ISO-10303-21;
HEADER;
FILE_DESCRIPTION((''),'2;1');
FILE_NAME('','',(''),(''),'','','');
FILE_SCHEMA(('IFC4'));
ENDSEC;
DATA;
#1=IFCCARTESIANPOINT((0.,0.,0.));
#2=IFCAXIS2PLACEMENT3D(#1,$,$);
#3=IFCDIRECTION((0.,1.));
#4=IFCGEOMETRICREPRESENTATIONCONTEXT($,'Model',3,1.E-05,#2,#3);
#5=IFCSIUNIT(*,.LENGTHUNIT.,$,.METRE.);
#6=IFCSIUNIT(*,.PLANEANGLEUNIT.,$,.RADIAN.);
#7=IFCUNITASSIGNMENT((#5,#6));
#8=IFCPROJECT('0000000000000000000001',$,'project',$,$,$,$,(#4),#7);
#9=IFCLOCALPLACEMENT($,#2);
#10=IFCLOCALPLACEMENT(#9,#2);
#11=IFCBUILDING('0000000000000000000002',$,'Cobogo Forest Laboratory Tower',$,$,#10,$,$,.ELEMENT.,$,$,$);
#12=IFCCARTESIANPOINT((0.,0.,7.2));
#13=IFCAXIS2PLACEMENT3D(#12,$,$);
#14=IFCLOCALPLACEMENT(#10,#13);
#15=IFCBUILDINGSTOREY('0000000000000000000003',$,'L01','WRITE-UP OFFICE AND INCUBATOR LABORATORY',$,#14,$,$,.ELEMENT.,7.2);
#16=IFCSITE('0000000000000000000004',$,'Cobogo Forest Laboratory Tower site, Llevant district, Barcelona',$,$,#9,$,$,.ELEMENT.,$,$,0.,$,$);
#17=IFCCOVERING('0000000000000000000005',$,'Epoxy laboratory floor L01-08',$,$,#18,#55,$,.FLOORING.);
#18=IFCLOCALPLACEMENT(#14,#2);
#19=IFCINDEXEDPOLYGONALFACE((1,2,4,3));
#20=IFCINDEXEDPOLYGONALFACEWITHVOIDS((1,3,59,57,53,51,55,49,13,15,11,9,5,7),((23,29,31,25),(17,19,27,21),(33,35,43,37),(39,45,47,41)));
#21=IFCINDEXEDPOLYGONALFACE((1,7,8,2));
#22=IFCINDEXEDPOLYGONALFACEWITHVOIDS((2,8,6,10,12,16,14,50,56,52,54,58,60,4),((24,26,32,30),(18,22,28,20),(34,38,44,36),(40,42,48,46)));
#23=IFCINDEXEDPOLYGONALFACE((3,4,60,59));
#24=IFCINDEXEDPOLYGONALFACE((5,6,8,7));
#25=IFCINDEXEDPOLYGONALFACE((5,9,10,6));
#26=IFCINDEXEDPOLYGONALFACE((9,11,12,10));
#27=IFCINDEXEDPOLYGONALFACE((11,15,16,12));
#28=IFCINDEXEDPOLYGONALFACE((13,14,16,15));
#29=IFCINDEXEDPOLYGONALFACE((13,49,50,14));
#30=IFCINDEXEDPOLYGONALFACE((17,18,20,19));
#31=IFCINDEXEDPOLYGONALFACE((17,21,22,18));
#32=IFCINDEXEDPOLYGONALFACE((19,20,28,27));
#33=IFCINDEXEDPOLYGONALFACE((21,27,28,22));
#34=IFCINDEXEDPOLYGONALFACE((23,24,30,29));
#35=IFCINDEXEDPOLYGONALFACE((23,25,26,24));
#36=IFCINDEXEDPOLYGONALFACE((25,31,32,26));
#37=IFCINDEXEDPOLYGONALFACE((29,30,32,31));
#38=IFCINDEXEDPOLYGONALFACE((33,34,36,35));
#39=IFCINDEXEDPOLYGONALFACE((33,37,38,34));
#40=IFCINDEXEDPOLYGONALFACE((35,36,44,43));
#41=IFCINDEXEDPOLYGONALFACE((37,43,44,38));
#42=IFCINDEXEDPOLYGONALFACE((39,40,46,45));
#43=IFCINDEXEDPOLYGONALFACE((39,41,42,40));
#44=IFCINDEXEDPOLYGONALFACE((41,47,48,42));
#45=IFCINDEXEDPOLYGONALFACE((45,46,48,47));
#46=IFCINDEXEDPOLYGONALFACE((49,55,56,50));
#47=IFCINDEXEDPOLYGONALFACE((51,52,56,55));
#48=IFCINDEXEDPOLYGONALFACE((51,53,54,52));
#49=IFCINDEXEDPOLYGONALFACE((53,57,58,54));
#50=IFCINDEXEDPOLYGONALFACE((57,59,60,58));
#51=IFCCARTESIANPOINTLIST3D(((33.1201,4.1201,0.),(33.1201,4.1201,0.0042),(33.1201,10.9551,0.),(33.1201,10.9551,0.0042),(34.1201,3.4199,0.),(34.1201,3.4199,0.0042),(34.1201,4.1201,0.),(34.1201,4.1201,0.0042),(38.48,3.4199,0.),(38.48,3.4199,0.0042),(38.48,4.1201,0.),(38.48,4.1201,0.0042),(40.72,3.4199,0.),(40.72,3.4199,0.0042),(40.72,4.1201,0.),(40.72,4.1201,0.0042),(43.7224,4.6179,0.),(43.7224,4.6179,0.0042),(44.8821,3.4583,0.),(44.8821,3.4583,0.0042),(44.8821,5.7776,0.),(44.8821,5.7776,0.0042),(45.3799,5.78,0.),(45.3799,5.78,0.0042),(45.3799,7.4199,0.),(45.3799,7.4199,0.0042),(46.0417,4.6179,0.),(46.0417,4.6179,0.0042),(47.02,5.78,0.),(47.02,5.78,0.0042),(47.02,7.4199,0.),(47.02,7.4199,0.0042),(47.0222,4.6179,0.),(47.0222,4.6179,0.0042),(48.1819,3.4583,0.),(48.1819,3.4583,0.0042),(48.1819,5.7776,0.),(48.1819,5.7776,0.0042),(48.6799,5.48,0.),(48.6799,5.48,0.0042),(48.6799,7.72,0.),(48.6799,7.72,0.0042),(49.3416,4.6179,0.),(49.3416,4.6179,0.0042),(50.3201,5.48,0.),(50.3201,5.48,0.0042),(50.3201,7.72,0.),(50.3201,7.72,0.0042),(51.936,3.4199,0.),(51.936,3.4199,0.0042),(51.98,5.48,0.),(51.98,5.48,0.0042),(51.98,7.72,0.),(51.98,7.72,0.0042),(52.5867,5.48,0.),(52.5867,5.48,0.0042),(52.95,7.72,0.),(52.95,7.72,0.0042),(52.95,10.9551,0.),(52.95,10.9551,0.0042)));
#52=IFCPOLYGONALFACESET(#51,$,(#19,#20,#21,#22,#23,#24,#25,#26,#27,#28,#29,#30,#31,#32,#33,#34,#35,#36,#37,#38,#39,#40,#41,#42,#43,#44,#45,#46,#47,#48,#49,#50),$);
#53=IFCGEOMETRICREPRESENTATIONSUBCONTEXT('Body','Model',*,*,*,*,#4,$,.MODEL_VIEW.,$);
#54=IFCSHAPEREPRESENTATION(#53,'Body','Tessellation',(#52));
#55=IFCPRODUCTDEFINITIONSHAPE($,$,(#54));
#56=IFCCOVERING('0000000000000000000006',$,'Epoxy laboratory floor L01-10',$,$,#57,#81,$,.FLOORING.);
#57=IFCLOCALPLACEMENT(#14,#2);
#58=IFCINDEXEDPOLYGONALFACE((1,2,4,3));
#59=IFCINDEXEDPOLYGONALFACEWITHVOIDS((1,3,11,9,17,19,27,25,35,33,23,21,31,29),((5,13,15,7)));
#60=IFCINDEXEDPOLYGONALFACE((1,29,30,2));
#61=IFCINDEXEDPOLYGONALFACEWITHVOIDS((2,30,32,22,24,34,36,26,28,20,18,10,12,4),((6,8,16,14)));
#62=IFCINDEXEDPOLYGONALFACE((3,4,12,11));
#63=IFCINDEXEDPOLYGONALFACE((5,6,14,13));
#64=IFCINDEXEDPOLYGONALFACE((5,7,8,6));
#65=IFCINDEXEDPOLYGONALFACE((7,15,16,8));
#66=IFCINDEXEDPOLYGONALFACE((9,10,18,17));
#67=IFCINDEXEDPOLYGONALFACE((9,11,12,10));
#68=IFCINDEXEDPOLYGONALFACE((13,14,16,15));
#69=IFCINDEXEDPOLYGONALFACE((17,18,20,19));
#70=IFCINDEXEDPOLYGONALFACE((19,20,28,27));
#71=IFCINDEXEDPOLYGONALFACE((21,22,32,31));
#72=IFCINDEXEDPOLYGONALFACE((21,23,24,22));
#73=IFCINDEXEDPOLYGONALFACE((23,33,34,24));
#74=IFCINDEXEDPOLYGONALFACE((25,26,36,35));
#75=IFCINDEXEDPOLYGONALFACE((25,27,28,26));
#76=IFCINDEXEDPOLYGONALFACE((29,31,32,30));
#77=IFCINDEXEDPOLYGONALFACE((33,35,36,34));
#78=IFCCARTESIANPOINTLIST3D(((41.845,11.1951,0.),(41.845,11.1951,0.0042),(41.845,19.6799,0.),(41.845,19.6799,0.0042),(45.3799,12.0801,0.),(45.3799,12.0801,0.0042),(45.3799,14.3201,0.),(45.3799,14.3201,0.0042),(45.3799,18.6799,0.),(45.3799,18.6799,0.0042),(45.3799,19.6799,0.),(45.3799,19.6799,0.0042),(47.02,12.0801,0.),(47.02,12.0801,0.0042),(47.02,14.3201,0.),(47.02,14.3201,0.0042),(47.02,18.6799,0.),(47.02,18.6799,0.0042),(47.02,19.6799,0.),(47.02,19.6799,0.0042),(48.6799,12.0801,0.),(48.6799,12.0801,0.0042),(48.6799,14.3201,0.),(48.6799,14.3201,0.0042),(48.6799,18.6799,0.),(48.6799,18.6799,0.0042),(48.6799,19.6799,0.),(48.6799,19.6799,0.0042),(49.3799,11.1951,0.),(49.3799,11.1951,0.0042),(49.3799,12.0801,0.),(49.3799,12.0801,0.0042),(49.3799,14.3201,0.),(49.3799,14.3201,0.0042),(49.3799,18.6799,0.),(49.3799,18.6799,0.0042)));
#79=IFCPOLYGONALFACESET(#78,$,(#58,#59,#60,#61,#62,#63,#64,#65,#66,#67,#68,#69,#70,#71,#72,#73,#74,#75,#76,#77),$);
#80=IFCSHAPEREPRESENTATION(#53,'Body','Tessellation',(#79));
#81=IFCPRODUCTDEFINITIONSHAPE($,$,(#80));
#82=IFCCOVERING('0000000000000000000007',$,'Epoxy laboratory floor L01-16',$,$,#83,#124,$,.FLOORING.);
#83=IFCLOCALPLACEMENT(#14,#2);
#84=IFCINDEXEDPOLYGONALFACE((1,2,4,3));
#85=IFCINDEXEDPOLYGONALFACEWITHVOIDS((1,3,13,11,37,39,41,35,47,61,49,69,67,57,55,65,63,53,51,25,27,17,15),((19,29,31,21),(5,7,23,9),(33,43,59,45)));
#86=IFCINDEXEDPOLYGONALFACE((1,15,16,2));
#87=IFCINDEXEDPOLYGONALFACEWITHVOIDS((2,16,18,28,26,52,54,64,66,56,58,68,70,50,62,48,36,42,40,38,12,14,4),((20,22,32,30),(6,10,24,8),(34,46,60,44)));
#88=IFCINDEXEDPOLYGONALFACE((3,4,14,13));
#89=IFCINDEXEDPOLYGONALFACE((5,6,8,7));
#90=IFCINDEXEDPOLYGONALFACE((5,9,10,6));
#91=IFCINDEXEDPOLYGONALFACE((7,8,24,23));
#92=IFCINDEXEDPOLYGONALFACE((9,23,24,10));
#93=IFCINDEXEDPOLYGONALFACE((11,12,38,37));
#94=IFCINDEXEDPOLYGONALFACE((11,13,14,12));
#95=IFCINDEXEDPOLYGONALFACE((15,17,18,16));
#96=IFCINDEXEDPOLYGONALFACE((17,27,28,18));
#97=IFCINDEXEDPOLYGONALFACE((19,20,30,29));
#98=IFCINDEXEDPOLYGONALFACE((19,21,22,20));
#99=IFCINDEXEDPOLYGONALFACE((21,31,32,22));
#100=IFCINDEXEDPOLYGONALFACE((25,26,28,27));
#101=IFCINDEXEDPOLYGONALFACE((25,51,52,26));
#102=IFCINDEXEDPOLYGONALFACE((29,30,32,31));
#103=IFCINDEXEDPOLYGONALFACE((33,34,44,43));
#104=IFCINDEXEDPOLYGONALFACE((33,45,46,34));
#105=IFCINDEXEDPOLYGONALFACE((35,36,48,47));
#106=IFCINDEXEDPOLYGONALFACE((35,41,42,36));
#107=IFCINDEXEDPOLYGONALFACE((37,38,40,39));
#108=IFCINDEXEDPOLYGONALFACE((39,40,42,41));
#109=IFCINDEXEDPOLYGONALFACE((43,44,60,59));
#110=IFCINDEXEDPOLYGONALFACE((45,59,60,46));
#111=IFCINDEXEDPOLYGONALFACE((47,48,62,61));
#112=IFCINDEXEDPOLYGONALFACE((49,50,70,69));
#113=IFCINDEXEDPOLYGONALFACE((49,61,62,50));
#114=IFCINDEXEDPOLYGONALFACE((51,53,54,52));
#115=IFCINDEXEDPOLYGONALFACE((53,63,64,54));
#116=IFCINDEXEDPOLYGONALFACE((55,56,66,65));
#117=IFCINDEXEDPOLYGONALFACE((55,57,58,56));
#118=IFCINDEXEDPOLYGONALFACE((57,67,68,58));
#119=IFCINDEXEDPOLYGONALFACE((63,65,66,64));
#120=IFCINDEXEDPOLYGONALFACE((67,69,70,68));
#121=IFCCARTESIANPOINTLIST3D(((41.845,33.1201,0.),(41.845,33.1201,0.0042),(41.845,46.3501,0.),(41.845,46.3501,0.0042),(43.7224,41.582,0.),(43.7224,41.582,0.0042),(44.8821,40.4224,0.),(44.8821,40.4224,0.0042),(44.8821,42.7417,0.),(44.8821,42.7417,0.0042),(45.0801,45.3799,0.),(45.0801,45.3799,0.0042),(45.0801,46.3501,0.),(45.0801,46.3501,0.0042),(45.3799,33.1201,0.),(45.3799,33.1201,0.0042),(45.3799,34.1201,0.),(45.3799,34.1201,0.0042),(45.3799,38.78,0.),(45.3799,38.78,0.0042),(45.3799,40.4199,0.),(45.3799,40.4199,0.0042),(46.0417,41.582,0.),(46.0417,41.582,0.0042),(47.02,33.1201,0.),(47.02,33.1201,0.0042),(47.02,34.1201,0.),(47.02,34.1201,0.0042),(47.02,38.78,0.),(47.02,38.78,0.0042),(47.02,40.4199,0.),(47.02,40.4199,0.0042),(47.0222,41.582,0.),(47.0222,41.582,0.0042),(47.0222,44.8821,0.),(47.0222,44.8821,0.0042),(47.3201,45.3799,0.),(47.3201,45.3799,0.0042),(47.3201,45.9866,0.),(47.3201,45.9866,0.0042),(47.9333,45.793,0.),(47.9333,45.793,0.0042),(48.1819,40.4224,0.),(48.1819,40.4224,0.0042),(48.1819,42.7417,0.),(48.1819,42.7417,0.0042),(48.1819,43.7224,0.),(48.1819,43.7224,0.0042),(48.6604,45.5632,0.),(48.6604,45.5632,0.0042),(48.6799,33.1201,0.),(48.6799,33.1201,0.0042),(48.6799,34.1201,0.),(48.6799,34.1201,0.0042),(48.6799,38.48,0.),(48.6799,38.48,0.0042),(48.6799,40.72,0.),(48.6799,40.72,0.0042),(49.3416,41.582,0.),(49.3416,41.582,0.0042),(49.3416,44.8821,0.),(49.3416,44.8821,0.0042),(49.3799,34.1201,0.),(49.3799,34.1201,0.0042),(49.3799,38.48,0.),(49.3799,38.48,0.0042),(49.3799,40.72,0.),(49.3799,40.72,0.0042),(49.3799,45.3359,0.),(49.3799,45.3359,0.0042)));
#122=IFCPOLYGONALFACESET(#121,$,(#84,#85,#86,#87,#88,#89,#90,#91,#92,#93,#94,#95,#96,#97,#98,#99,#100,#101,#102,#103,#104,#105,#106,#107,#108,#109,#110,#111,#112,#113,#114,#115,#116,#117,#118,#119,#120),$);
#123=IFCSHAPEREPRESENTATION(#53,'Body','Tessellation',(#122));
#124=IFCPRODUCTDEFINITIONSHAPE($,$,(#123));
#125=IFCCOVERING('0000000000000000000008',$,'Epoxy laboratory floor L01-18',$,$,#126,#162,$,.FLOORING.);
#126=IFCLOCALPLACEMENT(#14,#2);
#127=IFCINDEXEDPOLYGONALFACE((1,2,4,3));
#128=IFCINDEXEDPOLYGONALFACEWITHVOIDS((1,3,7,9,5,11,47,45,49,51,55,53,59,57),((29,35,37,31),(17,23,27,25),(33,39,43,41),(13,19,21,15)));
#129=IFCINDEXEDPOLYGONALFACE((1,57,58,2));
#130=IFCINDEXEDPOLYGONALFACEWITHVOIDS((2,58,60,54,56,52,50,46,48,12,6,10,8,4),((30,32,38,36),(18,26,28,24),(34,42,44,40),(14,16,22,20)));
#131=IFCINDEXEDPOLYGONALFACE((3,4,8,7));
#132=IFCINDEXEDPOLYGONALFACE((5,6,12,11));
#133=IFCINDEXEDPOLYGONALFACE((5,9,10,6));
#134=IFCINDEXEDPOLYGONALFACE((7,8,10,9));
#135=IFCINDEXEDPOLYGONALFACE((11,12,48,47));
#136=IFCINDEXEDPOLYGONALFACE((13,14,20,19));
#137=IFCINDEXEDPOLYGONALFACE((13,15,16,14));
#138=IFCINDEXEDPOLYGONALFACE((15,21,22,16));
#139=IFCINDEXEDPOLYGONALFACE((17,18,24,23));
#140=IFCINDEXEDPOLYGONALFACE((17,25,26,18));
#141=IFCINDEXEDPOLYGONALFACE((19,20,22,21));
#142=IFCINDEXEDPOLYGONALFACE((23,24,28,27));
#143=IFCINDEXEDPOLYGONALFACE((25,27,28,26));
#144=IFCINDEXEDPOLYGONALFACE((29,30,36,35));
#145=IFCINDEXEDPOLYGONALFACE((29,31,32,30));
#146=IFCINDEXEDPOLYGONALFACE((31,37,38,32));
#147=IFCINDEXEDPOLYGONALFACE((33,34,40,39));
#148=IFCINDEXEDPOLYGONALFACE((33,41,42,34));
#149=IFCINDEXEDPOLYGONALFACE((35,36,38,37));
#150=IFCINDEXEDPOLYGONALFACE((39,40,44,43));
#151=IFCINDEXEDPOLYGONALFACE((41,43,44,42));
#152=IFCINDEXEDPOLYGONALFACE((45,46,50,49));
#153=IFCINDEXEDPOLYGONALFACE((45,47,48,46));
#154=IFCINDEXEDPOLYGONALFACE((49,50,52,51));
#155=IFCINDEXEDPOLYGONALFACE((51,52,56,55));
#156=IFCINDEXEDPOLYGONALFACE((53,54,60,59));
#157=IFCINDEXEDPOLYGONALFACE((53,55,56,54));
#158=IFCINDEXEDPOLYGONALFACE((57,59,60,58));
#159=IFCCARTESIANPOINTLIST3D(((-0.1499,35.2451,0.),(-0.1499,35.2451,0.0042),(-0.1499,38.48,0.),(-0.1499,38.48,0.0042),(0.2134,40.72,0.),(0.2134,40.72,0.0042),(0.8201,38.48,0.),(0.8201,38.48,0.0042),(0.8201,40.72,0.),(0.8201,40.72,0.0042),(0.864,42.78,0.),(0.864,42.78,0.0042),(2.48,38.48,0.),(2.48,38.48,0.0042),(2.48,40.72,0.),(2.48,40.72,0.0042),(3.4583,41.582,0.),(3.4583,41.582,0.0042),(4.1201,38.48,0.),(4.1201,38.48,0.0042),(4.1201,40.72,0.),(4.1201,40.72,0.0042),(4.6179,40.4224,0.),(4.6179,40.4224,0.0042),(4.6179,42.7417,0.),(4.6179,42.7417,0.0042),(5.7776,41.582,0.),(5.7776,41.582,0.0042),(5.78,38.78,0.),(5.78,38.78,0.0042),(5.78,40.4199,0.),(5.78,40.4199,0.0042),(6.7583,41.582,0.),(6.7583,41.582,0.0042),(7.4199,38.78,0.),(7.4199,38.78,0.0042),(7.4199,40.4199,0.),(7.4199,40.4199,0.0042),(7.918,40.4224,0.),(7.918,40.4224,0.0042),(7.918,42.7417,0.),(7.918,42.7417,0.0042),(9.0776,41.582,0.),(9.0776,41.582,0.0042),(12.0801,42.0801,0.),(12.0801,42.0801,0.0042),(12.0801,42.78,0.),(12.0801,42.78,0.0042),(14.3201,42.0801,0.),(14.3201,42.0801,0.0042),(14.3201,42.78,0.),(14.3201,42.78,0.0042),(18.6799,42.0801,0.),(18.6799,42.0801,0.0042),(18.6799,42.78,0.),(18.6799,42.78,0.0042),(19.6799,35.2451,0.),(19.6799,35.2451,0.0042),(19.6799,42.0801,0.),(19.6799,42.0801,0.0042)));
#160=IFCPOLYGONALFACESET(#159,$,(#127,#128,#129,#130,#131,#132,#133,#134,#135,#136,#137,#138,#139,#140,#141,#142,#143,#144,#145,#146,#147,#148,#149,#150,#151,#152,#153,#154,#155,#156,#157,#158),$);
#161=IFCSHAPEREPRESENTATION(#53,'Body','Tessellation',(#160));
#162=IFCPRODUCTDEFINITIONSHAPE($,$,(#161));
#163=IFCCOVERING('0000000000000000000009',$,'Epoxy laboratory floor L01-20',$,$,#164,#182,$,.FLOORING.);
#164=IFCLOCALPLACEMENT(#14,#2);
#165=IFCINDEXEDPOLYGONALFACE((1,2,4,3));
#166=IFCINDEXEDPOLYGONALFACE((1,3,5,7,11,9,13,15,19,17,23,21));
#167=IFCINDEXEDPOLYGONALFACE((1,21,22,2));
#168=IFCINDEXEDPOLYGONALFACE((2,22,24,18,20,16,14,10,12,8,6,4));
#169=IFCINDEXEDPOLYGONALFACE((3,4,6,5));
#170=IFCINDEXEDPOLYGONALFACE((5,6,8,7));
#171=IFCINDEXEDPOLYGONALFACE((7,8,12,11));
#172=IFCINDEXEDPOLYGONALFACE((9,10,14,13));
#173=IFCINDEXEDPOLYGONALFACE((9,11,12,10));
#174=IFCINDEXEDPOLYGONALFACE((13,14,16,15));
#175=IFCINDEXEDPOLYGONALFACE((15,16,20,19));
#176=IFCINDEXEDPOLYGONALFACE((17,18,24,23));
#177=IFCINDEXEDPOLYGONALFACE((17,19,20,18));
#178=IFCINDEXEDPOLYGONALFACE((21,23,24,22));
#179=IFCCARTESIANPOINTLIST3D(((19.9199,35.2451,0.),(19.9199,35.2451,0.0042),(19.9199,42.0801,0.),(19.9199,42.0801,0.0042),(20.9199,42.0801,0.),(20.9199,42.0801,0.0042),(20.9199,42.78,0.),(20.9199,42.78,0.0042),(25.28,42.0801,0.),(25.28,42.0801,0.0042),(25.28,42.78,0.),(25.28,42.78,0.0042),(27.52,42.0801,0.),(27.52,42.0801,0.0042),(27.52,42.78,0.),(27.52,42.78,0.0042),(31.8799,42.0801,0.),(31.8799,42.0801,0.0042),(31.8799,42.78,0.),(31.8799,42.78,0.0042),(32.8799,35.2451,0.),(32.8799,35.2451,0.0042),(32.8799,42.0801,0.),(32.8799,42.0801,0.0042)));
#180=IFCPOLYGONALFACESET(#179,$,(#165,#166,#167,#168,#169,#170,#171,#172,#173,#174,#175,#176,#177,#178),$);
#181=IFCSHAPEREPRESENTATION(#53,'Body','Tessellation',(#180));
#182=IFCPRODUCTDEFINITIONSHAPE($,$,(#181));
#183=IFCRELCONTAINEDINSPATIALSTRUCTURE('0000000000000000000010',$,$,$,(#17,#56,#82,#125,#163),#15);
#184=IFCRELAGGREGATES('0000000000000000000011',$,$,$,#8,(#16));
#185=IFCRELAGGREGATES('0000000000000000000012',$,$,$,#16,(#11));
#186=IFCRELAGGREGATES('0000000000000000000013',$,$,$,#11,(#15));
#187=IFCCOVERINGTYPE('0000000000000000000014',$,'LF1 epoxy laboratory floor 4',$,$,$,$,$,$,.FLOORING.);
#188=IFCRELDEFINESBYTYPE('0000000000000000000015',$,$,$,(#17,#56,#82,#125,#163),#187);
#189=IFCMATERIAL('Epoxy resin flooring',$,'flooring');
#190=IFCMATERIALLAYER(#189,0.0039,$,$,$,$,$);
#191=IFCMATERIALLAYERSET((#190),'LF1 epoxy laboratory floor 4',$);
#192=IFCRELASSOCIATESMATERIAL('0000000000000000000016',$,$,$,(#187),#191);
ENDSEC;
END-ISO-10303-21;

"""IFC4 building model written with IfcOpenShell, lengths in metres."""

from ifc_helpers import new_model, si_unit, direction, frame, origin, place, context, subcontext, project, spatial, polyline, outline, extrude, material, layer, layer_set, type_object, element, save


model = new_model("IFC4")

# Units and contexts
model_context = context("Model", 3, precision=1e-05, world=origin(), true_north=direction((0.0, 1.0)))
body_context = subcontext(model_context, "Body", "Model", "MODEL_VIEW")
ifc_project = project(units=[si_unit("LENGTHUNIT", "METRE"), si_unit("PLANEANGLEUNIT", "RADIAN")], contexts=[model_context])

# Site, building, storey
site_placement = place(None, origin())
site = spatial("IfcSite", under=ifc_project, at=site_placement, Name="Cobogo Forest Laboratory Tower site, Llevant district, Barcelona", CompositionType="ELEMENT", RefElevation=0.0)
building_placement = place(site_placement, origin())
building = spatial("IfcBuilding", under=site, at=building_placement, Name="Cobogo Forest Laboratory Tower", CompositionType="ELEMENT")
storey_placement = place(building_placement, frame((0.0, 0.0, 7.2)))
storey = spatial("IfcBuildingStorey", under=building, at=storey_placement, Name="L01", Description="WRITE-UP OFFICE AND INCUBATOR LABORATORY", CompositionType="ELEMENT", Elevation=7.2)

# Coverings
ifc_material_1 = material(Name="Epoxy resin flooring", Category="flooring")
ifc_layer_1 = layer(ifc_material_1, 0.0039)
ifc_layer_set_1 = layer_set([ifc_layer_1], Name="LF1 epoxy laboratory floor 4")
covering_type_1 = type_object("IfcCoveringType", Name="LF1 epoxy laboratory floor 4", PredefinedType="FLOORING", material=ifc_layer_set_1)
covering_1_placement = place(storey_placement, origin())
element("IfcCovering", 1, at=covering_1_placement, inside=storey, type_object=covering_type_1, Name="Epoxy laboratory floor L01-08", PredefinedType="FLOORING", context=body_context, shape_type="SweptSolid", body=[
    extrude(outline(polyline([(33.1201, 10.9551), (52.95, 10.9551), (52.95, 7.72), (51.98, 7.72), (51.98, 5.48), (52.5867, 5.48), (51.936, 3.4199), (40.72, 3.4199), (40.72, 4.1201), (38.48, 4.1201), (38.48, 3.4199), (34.1201, 3.4199), (34.1201, 4.1201), (33.1201, 4.1201), (33.1201, 10.9551)]), holes=[polyline([(48.6799, 5.48), (50.3201, 5.48), (50.3201, 7.72), (48.6799, 7.72), (48.6799, 5.48)]), polyline([(48.1819, 5.7776), (47.0222, 4.6179), (48.1819, 3.4583), (49.3416, 4.6179), (48.1819, 5.7776)]), polyline([(45.3799, 7.4199), (45.3799, 5.78), (47.02, 5.78), (47.02, 7.4199), (45.3799, 7.4199)]), polyline([(44.8821, 5.7776), (43.7224, 4.6179), (44.8821, 3.4583), (46.0417, 4.6179), (44.8821, 5.7776)])]), origin(), (0.0, 0.0, 1.0), 0.0042),
])
covering_2_placement = place(storey_placement, origin())
element("IfcCovering", 2, at=covering_2_placement, inside=storey, type_object=covering_type_1, Name="Epoxy laboratory floor L01-10", PredefinedType="FLOORING", context=body_context, shape_type="SweptSolid", body=[
    extrude(outline(polyline([(41.845, 19.6799), (45.3799, 19.6799), (45.3799, 18.6799), (47.02, 18.6799), (47.02, 19.6799), (48.6799, 19.6799), (48.6799, 18.6799), (49.3799, 18.6799), (49.3799, 14.3201), (48.6799, 14.3201), (48.6799, 12.0801), (49.3799, 12.0801), (49.3799, 11.1951), (41.845, 11.1951), (41.845, 19.6799)]), holes=[polyline([(45.3799, 12.0801), (47.02, 12.0801), (47.02, 14.3201), (45.3799, 14.3201), (45.3799, 12.0801)])]), origin(), (0.0, 0.0, 1.0), 0.0042),
])
covering_3_placement = place(storey_placement, origin())
element("IfcCovering", 3, at=covering_3_placement, inside=storey, type_object=covering_type_1, Name="Epoxy laboratory floor L01-16", PredefinedType="FLOORING", context=body_context, shape_type="SweptSolid", body=[
    extrude(outline(polyline([(47.02, 33.1201), (47.02, 34.1201), (45.3799, 34.1201), (45.3799, 33.1201), (41.845, 33.1201), (41.845, 46.3501), (45.0801, 46.3501), (45.0801, 45.3799), (47.3201, 45.3799), (47.3201, 45.9866), (47.9333, 45.793), (47.0222, 44.8821), (48.1819, 43.7224), (49.3416, 44.8821), (48.6604, 45.5632), (49.3799, 45.3359), (49.3799, 40.72), (48.6799, 40.72), (48.6799, 38.48), (49.3799, 38.48), (49.3799, 34.1201), (48.6799, 34.1201), (48.6799, 33.1201), (47.02, 33.1201)]), holes=[polyline([(47.0222, 41.582), (48.1819, 40.4224), (49.3416, 41.582), (48.1819, 42.7417), (47.0222, 41.582)]), polyline([(47.02, 40.4199), (45.3799, 40.4199), (45.3799, 38.78), (47.02, 38.78), (47.02, 40.4199)]), polyline([(43.7224, 41.582), (44.8821, 40.4224), (46.0417, 41.582), (44.8821, 42.7417), (43.7224, 41.582)])]), origin(), (0.0, 0.0, 1.0), 0.0042),
])
covering_4_placement = place(storey_placement, origin())
element("IfcCovering", 4, at=covering_4_placement, inside=storey, type_object=covering_type_1, Name="Epoxy laboratory floor L01-18", PredefinedType="FLOORING", context=body_context, shape_type="SweptSolid", body=[
    extrude(outline(polyline([(19.6799, 35.2451), (-0.1499, 35.2451), (-0.1499, 38.48), (0.8201, 38.48), (0.8201, 40.72), (0.2134, 40.72), (0.864, 42.78), (12.0801, 42.78), (12.0801, 42.0801), (14.3201, 42.0801), (14.3201, 42.78), (18.6799, 42.78), (18.6799, 42.0801), (19.6799, 42.0801), (19.6799, 35.2451)]), holes=[polyline([(6.7583, 41.582), (7.918, 40.4224), (9.0776, 41.582), (7.918, 42.7417), (6.7583, 41.582)]), polyline([(5.78, 40.4199), (5.78, 38.78), (7.4199, 38.78), (7.4199, 40.4199), (5.78, 40.4199)]), polyline([(3.4583, 41.582), (4.6179, 40.4224), (5.7776, 41.582), (4.6179, 42.7417), (3.4583, 41.582)]), polyline([(2.48, 38.48), (4.1201, 38.48), (4.1201, 40.72), (2.48, 40.72), (2.48, 38.48)])]), origin(), (0.0, 0.0, 1.0), 0.0042),
])
covering_5_placement = place(storey_placement, origin())
element("IfcCovering", 5, at=covering_5_placement, inside=storey, type_object=covering_type_1, Name="Epoxy laboratory floor L01-20", PredefinedType="FLOORING", context=body_context, shape_type="SweptSolid", body=[
    extrude(outline(polyline([(19.9199, 42.0801), (20.9199, 42.0801), (20.9199, 42.78), (25.28, 42.78), (25.28, 42.0801), (27.52, 42.0801), (27.52, 42.78), (31.8799, 42.78), (31.8799, 42.0801), (32.8799, 42.0801), (32.8799, 35.2451), (19.9199, 35.2451), (19.9199, 42.0801)])), origin(), (0.0, 0.0, 1.0), 0.0042),
])

save(model, "model.ifc")
